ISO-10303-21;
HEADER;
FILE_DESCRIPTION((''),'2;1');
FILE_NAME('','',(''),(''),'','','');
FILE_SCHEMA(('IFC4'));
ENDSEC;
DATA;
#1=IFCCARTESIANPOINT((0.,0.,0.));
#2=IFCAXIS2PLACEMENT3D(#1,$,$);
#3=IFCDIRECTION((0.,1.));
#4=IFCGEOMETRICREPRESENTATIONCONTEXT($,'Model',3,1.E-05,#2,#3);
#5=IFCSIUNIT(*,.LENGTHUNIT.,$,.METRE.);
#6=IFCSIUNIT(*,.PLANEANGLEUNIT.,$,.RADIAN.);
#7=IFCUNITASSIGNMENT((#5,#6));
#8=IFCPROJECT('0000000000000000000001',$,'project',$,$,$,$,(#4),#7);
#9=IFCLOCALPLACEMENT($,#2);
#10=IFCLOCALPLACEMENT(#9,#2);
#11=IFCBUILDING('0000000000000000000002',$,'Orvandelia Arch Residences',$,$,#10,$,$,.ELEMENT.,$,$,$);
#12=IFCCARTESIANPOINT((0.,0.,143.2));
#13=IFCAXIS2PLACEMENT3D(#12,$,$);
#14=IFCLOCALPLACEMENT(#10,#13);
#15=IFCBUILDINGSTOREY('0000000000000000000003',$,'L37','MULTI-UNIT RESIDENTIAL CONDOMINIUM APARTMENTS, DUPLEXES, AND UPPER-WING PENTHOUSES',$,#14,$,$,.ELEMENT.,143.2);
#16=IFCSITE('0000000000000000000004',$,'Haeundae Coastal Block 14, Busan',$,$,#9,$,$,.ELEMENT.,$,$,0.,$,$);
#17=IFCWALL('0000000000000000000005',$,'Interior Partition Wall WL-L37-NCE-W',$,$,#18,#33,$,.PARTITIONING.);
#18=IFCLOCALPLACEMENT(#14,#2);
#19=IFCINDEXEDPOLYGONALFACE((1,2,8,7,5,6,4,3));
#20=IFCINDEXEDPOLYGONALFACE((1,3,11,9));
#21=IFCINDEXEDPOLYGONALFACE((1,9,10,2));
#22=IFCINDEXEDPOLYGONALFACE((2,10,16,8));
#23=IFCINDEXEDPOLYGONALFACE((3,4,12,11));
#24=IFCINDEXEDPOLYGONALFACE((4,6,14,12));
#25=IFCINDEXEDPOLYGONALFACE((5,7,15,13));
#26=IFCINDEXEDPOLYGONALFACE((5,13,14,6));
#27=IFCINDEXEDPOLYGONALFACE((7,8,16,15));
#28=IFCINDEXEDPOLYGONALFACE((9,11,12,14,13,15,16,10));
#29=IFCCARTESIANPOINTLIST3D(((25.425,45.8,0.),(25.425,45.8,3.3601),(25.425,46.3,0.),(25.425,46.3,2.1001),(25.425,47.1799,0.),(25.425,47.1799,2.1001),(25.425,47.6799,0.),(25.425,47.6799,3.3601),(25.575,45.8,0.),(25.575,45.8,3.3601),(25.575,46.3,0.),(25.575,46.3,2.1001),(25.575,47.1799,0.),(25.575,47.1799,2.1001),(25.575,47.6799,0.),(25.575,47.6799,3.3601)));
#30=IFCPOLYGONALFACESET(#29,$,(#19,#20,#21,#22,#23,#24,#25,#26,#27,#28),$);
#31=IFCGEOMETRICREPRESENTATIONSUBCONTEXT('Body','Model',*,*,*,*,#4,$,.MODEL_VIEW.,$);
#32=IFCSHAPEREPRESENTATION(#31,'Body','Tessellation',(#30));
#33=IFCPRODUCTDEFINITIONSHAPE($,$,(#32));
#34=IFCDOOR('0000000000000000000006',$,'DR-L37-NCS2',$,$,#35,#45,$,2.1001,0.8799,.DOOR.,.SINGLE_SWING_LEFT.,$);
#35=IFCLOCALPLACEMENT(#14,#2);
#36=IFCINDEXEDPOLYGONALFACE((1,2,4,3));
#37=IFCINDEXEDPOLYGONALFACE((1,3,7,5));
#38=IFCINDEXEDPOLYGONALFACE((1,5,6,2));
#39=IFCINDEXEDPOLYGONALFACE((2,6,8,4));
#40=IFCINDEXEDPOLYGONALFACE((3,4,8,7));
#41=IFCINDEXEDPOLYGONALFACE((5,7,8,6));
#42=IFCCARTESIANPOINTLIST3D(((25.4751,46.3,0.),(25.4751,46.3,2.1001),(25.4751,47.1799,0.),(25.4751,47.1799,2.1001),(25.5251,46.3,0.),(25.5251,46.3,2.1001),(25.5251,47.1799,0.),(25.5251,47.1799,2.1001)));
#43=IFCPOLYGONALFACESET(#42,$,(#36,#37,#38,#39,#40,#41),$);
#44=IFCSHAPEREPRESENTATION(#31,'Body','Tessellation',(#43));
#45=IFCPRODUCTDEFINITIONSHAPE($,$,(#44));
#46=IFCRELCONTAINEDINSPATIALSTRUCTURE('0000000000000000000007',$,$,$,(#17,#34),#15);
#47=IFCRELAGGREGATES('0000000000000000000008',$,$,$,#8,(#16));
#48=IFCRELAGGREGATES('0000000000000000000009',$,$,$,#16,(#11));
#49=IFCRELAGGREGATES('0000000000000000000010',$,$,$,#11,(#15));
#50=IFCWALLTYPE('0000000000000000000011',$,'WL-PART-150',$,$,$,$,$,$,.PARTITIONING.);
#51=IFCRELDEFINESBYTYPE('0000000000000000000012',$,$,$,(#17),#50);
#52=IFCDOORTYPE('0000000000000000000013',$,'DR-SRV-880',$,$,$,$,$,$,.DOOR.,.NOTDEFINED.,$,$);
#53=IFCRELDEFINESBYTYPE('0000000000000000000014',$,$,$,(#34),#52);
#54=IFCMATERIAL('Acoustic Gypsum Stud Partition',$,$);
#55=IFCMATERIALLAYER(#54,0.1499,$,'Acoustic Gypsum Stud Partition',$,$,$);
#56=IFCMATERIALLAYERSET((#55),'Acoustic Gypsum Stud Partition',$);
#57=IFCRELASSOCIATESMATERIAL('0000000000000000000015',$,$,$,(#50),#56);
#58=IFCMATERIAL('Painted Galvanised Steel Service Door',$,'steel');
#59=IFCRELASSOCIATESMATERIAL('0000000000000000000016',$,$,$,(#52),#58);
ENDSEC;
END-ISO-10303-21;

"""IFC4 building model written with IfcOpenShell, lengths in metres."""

from ifc_helpers import new_model, si_unit, direction, frame, frame_2d, origin, place, context, subcontext, project, spatial, rectangle, extrude, material, layer, layer_set, type_object, element, fill, save


model = new_model("IFC4")

# Units and contexts
model_context = context("Model", 3, precision=1e-05, world=origin(), true_north=direction((0.0, 1.0)))
body_context = subcontext(model_context, "Body", "Model", "MODEL_VIEW")
ifc_project = project(units=[si_unit("LENGTHUNIT", "METRE"), si_unit("PLANEANGLEUNIT", "RADIAN")], contexts=[model_context])

# Site, building, storey
site_placement = place(None, origin())
site = spatial("IfcSite", under=ifc_project, at=site_placement, Name="Haeundae Coastal Block 14, Busan", CompositionType="ELEMENT", RefElevation=0.0)
building_placement = place(site_placement, origin())
building = spatial("IfcBuilding", under=site, at=building_placement, Name="Orvandelia Arch Residences", CompositionType="ELEMENT")
storey_placement = place(building_placement, frame((0.0, 0.0, 143.2)))
storey = spatial("IfcBuildingStorey", under=building, at=storey_placement, Name="L37", Description="MULTI-UNIT RESIDENTIAL CONDOMINIUM APARTMENTS, DUPLEXES, AND UPPER-WING PENTHOUSES", CompositionType="ELEMENT", Elevation=143.2)

# Wall, opening, door
ifc_material_1 = material(Name="Acoustic Gypsum Stud Partition")
ifc_layer_1 = layer(ifc_material_1, 0.1499, Name="Acoustic Gypsum Stud Partition")
ifc_layer_set_1 = layer_set([ifc_layer_1], Name="Acoustic Gypsum Stud Partition")
wall_type_1 = type_object("IfcWallType", Name="WL-PART-150", PredefinedType="PARTITIONING", material=ifc_layer_set_1)
wall_1_placement = place(storey_placement, frame((25.5, 45.8, 0.0), z_axis=(0.0, 0.0, 1.0), x_axis=(0.0, 1.0, 0.0)))
wall_1 = element("IfcWall", 1, at=wall_1_placement, inside=storey, type_object=wall_type_1, Name="Interior Partition Wall WL-L37-NCE-W", PredefinedType="PARTITIONING", context=body_context, shape_type="SweptSolid", body=[
    extrude(rectangle(XDim=1.8799, YDim=0.1499, at=frame_2d((0.9399, 0.0))), origin(), (0.0, 0.0, 1.0), 3.3601),
])
opening_1_placement = place(wall_1_placement, frame((0.5, 0.0, 0.0)))
opening_1 = element("IfcOpeningElement", 2, at=opening_1_placement, cuts=wall_1, PredefinedType="OPENING", context=body_context, shape_type="SweptSolid", body=[
    extrude(rectangle(XDim=0.8799, YDim=2.1001, at=frame_2d((0.4399, 1.05))), frame((0.0, 0.085, 0.0), z_axis=(0.0, -1.0, 0.0), x_axis=(1.0, 0.0, 0.0)), (0.0, 0.0, 1.0), 0.1699),
])
ifc_material_2 = material(Name="Painted Galvanised Steel Service Door", Category="steel")
door_type_1 = type_object("IfcDoorType", Name="DR-SRV-880", OperationType="NOTDEFINED", PredefinedType="DOOR", material=ifc_material_2)
door_1_placement = place(opening_1_placement, origin())
door_1 = element("IfcDoor", 3, at=door_1_placement, inside=storey, type_object=door_type_1, Name="DR-L37-NCS2", OperationType="SINGLE_SWING_LEFT", OverallHeight=2.1001, OverallWidth=0.8799, PredefinedType="DOOR", context=body_context, shape_type="SweptSolid", body=[
    extrude(rectangle(XDim=0.8799, YDim=2.1001, at=frame_2d((0.4399, 1.05))), frame((0.0, 0.0249, 0.0), z_axis=(0.0, -1.0, 0.0), x_axis=(1.0, 0.0, 0.0)), (0.0, 0.0, 1.0), 0.05),
])
fill(opening_1, door_1)

save(model, "model.ifc")
